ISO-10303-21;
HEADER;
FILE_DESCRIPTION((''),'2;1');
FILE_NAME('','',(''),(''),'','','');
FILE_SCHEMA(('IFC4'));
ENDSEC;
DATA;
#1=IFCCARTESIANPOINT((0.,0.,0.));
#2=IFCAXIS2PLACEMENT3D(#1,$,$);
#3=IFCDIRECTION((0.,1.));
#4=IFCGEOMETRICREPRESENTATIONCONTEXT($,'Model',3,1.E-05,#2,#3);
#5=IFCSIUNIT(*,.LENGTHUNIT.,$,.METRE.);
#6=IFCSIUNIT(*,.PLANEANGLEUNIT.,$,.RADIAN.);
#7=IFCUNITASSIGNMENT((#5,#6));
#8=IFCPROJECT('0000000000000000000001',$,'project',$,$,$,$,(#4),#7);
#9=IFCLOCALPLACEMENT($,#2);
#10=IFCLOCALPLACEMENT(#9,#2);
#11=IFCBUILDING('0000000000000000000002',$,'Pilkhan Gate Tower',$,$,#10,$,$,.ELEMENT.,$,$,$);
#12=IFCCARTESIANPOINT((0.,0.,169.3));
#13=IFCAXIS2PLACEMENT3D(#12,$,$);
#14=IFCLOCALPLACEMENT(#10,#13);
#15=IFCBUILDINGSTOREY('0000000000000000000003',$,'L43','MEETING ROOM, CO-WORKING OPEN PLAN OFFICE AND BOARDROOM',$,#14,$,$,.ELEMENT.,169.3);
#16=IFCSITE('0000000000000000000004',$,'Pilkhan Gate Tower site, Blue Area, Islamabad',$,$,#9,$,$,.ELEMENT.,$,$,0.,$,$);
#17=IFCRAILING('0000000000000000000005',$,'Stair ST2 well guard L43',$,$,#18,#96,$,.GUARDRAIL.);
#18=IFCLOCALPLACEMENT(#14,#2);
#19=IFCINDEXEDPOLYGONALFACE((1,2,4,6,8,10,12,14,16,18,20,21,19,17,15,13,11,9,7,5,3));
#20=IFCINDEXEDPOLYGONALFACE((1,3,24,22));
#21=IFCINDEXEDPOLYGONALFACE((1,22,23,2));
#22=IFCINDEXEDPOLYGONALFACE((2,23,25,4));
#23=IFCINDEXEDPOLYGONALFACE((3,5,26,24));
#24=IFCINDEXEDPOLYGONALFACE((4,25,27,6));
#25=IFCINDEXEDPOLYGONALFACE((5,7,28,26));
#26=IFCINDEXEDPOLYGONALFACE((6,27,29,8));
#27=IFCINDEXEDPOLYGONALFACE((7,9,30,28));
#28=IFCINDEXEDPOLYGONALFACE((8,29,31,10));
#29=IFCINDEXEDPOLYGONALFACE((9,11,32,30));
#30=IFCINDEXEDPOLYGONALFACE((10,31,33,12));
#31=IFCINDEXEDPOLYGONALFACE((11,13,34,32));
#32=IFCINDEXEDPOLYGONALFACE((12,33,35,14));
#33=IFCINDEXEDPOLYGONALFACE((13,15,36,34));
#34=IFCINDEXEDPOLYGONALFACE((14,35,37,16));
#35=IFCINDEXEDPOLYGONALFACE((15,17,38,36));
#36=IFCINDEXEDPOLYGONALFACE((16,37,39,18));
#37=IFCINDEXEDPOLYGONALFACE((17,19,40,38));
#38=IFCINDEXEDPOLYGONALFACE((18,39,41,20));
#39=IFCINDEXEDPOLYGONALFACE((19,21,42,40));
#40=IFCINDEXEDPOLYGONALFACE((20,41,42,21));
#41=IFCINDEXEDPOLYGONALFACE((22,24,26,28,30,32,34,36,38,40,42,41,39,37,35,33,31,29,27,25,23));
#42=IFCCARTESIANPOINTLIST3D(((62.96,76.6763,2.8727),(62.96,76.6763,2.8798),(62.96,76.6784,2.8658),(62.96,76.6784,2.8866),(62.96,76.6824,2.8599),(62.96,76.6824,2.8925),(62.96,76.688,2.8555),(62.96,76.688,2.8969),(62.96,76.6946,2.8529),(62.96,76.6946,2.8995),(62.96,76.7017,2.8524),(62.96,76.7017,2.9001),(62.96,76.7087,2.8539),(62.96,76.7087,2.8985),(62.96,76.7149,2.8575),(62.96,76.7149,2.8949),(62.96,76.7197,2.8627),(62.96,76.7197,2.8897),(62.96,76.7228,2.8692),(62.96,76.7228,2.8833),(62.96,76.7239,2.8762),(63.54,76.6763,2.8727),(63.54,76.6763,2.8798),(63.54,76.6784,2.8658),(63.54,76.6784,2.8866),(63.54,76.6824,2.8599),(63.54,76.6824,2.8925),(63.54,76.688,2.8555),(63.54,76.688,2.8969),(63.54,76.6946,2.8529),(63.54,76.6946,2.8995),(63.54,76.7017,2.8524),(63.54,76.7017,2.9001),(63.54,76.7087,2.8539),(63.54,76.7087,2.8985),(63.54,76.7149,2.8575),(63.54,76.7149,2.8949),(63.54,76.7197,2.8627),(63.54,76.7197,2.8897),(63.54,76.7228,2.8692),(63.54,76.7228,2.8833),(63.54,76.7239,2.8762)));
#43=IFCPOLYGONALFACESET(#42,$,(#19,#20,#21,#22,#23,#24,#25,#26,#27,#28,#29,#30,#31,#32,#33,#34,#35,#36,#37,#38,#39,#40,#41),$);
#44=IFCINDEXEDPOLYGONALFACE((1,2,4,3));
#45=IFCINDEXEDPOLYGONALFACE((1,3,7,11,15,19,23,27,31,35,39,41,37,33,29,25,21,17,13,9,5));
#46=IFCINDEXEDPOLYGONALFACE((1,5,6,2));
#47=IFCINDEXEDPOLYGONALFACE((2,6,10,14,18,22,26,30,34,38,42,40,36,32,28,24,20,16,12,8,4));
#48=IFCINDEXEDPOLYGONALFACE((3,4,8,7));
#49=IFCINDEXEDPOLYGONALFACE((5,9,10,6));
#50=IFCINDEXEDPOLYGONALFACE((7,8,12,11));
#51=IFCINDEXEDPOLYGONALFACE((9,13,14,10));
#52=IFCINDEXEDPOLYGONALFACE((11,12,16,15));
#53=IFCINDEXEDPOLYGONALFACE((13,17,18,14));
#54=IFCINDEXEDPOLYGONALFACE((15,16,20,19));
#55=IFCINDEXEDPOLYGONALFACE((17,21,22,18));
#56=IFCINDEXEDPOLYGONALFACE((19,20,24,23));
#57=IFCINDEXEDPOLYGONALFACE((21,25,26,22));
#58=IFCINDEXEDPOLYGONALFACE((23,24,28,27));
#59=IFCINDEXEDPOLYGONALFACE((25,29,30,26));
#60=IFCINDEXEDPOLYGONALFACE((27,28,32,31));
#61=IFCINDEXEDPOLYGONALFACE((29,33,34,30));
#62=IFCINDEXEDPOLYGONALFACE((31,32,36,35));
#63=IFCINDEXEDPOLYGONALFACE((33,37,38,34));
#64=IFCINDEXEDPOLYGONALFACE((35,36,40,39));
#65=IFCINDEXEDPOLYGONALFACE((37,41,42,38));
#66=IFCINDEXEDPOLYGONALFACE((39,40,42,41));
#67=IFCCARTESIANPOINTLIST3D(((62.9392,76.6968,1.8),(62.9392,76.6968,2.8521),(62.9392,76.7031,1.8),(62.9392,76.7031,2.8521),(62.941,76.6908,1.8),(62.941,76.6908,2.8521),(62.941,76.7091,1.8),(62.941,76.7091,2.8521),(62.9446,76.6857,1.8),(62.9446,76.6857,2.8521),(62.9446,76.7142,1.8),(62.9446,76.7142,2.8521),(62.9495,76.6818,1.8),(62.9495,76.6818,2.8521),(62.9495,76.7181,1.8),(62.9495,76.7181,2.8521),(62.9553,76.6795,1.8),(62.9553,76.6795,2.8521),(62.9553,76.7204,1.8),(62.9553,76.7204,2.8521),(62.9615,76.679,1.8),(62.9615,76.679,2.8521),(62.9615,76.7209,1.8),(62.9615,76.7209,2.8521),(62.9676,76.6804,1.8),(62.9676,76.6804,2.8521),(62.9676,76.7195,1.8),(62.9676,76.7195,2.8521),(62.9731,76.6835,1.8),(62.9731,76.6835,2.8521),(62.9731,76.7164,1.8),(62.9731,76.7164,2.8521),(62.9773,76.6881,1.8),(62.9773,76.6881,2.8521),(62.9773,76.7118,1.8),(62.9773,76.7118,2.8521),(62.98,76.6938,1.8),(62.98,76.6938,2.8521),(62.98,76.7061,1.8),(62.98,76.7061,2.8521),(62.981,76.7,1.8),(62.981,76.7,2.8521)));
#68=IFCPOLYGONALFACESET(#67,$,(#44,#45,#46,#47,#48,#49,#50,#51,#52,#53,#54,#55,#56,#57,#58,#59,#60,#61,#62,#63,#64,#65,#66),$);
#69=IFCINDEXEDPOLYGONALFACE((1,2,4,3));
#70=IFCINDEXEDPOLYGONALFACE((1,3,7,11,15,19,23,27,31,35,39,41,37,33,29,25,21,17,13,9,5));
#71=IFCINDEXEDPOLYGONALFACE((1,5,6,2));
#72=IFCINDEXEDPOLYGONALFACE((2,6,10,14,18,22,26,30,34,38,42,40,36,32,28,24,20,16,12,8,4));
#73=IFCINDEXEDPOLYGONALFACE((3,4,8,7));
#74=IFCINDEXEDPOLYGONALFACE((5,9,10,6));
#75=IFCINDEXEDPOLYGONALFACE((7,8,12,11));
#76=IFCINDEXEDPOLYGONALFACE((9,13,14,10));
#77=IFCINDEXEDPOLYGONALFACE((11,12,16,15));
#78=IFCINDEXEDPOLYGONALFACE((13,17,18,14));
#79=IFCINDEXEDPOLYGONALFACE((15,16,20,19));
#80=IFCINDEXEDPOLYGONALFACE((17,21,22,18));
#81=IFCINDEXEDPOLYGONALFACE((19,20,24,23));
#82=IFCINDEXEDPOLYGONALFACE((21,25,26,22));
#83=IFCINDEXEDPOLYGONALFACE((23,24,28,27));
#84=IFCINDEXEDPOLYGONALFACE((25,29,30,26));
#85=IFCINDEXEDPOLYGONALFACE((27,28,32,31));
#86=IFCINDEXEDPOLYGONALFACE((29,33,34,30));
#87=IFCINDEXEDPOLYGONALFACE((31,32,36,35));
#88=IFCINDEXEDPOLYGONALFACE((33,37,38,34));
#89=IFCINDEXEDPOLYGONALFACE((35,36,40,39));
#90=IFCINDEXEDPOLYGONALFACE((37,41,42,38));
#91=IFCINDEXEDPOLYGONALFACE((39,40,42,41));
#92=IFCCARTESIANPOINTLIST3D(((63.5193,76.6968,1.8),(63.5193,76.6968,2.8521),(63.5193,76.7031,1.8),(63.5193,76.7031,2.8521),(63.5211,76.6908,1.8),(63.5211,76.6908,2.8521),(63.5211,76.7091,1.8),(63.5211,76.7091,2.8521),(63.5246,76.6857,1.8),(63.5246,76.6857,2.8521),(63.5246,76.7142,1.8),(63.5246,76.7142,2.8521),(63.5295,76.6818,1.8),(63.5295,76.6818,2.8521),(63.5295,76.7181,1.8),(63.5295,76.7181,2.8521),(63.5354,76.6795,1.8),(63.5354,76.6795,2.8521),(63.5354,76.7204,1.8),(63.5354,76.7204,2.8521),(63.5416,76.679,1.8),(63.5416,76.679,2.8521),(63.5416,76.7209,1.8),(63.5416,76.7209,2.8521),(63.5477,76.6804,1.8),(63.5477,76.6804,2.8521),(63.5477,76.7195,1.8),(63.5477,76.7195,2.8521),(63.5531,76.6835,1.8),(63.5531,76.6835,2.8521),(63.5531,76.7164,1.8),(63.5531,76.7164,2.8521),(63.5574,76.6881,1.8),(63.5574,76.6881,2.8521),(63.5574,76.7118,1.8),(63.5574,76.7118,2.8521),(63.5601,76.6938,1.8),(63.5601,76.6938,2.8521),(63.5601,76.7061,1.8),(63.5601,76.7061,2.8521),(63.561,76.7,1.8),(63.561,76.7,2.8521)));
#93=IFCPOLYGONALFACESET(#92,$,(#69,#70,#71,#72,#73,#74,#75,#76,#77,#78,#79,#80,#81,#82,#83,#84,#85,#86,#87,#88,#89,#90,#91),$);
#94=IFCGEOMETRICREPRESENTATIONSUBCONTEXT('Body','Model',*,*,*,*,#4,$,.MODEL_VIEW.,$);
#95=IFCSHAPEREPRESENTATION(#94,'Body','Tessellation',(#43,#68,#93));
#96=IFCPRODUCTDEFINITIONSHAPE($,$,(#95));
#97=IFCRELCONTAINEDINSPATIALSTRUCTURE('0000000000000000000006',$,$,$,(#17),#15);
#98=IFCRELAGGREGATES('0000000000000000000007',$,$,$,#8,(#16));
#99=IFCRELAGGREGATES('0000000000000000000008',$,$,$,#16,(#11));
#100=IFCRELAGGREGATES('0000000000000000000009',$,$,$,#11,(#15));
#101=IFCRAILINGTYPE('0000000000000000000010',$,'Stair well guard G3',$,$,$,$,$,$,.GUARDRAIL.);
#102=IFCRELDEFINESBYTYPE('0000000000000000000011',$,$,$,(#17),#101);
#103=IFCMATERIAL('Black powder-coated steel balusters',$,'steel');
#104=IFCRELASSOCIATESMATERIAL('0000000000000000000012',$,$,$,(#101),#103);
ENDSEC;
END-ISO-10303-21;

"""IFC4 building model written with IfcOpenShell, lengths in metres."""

from ifc_helpers import new_model, si_unit, direction, frame, origin, origin_2d, place, context, subcontext, project, spatial, circle, extrude, material, type_object, element, save


model = new_model("IFC4")

# Units and contexts
model_context = context("Model", 3, precision=1e-05, world=origin(), true_north=direction((0.0, 1.0)))
body_context = subcontext(model_context, "Body", "Model", "MODEL_VIEW")
ifc_project = project(units=[si_unit("LENGTHUNIT", "METRE"), si_unit("PLANEANGLEUNIT", "RADIAN")], contexts=[model_context])

# Site, building, storey
site_placement = place(None, origin())
site = spatial("IfcSite", under=ifc_project, at=site_placement, Name="Pilkhan Gate Tower site, Blue Area, Islamabad", CompositionType="ELEMENT", RefElevation=0.0)
building_placement = place(site_placement, origin())
building = spatial("IfcBuilding", under=site, at=building_placement, Name="Pilkhan Gate Tower", CompositionType="ELEMENT")
storey_placement = place(building_placement, frame((0.0, 0.0, 169.3)))
storey = spatial("IfcBuildingStorey", under=building, at=storey_placement, Name="L43", Description="MEETING ROOM, CO-WORKING OPEN PLAN OFFICE AND BOARDROOM", CompositionType="ELEMENT", Elevation=169.3)

# Railing
ifc_material_1 = material(Name="Black powder-coated steel balusters", Category="steel")
railing_type_1 = type_object("IfcRailingType", Name="Stair well guard G3", PredefinedType="GUARDRAIL", material=ifc_material_1)
for number, where, name in (
    (1, (62.96, 76.7, 1.8), "Stair ST2 well guard L43"),
):
    element("IfcRailing", number, at=place(storey_placement, frame(where)), inside=storey, type_object=railing_type_1, Name=name, PredefinedType="GUARDRAIL", context=body_context, shape_type="SweptSolid", body=[
        extrude(circle(Radius=0.0239, at=origin_2d()), frame((0.0, 0.0, 1.0762), z_axis=(1.0, 0.0, 0.0), x_axis=(0.0, 1.0, 0.0)), (0.0, 0.0, 1.0), 0.5801),
        extrude(circle(Radius=0.021, at=origin_2d()), origin(), (0.0, 0.0, 1.0), 1.052),
        extrude(circle(Radius=0.021, at=origin_2d()), frame((0.5801, 0.0, 0.0)), (0.0, 0.0, 1.0), 1.052),
    ])

save(model, "model.ifc")
